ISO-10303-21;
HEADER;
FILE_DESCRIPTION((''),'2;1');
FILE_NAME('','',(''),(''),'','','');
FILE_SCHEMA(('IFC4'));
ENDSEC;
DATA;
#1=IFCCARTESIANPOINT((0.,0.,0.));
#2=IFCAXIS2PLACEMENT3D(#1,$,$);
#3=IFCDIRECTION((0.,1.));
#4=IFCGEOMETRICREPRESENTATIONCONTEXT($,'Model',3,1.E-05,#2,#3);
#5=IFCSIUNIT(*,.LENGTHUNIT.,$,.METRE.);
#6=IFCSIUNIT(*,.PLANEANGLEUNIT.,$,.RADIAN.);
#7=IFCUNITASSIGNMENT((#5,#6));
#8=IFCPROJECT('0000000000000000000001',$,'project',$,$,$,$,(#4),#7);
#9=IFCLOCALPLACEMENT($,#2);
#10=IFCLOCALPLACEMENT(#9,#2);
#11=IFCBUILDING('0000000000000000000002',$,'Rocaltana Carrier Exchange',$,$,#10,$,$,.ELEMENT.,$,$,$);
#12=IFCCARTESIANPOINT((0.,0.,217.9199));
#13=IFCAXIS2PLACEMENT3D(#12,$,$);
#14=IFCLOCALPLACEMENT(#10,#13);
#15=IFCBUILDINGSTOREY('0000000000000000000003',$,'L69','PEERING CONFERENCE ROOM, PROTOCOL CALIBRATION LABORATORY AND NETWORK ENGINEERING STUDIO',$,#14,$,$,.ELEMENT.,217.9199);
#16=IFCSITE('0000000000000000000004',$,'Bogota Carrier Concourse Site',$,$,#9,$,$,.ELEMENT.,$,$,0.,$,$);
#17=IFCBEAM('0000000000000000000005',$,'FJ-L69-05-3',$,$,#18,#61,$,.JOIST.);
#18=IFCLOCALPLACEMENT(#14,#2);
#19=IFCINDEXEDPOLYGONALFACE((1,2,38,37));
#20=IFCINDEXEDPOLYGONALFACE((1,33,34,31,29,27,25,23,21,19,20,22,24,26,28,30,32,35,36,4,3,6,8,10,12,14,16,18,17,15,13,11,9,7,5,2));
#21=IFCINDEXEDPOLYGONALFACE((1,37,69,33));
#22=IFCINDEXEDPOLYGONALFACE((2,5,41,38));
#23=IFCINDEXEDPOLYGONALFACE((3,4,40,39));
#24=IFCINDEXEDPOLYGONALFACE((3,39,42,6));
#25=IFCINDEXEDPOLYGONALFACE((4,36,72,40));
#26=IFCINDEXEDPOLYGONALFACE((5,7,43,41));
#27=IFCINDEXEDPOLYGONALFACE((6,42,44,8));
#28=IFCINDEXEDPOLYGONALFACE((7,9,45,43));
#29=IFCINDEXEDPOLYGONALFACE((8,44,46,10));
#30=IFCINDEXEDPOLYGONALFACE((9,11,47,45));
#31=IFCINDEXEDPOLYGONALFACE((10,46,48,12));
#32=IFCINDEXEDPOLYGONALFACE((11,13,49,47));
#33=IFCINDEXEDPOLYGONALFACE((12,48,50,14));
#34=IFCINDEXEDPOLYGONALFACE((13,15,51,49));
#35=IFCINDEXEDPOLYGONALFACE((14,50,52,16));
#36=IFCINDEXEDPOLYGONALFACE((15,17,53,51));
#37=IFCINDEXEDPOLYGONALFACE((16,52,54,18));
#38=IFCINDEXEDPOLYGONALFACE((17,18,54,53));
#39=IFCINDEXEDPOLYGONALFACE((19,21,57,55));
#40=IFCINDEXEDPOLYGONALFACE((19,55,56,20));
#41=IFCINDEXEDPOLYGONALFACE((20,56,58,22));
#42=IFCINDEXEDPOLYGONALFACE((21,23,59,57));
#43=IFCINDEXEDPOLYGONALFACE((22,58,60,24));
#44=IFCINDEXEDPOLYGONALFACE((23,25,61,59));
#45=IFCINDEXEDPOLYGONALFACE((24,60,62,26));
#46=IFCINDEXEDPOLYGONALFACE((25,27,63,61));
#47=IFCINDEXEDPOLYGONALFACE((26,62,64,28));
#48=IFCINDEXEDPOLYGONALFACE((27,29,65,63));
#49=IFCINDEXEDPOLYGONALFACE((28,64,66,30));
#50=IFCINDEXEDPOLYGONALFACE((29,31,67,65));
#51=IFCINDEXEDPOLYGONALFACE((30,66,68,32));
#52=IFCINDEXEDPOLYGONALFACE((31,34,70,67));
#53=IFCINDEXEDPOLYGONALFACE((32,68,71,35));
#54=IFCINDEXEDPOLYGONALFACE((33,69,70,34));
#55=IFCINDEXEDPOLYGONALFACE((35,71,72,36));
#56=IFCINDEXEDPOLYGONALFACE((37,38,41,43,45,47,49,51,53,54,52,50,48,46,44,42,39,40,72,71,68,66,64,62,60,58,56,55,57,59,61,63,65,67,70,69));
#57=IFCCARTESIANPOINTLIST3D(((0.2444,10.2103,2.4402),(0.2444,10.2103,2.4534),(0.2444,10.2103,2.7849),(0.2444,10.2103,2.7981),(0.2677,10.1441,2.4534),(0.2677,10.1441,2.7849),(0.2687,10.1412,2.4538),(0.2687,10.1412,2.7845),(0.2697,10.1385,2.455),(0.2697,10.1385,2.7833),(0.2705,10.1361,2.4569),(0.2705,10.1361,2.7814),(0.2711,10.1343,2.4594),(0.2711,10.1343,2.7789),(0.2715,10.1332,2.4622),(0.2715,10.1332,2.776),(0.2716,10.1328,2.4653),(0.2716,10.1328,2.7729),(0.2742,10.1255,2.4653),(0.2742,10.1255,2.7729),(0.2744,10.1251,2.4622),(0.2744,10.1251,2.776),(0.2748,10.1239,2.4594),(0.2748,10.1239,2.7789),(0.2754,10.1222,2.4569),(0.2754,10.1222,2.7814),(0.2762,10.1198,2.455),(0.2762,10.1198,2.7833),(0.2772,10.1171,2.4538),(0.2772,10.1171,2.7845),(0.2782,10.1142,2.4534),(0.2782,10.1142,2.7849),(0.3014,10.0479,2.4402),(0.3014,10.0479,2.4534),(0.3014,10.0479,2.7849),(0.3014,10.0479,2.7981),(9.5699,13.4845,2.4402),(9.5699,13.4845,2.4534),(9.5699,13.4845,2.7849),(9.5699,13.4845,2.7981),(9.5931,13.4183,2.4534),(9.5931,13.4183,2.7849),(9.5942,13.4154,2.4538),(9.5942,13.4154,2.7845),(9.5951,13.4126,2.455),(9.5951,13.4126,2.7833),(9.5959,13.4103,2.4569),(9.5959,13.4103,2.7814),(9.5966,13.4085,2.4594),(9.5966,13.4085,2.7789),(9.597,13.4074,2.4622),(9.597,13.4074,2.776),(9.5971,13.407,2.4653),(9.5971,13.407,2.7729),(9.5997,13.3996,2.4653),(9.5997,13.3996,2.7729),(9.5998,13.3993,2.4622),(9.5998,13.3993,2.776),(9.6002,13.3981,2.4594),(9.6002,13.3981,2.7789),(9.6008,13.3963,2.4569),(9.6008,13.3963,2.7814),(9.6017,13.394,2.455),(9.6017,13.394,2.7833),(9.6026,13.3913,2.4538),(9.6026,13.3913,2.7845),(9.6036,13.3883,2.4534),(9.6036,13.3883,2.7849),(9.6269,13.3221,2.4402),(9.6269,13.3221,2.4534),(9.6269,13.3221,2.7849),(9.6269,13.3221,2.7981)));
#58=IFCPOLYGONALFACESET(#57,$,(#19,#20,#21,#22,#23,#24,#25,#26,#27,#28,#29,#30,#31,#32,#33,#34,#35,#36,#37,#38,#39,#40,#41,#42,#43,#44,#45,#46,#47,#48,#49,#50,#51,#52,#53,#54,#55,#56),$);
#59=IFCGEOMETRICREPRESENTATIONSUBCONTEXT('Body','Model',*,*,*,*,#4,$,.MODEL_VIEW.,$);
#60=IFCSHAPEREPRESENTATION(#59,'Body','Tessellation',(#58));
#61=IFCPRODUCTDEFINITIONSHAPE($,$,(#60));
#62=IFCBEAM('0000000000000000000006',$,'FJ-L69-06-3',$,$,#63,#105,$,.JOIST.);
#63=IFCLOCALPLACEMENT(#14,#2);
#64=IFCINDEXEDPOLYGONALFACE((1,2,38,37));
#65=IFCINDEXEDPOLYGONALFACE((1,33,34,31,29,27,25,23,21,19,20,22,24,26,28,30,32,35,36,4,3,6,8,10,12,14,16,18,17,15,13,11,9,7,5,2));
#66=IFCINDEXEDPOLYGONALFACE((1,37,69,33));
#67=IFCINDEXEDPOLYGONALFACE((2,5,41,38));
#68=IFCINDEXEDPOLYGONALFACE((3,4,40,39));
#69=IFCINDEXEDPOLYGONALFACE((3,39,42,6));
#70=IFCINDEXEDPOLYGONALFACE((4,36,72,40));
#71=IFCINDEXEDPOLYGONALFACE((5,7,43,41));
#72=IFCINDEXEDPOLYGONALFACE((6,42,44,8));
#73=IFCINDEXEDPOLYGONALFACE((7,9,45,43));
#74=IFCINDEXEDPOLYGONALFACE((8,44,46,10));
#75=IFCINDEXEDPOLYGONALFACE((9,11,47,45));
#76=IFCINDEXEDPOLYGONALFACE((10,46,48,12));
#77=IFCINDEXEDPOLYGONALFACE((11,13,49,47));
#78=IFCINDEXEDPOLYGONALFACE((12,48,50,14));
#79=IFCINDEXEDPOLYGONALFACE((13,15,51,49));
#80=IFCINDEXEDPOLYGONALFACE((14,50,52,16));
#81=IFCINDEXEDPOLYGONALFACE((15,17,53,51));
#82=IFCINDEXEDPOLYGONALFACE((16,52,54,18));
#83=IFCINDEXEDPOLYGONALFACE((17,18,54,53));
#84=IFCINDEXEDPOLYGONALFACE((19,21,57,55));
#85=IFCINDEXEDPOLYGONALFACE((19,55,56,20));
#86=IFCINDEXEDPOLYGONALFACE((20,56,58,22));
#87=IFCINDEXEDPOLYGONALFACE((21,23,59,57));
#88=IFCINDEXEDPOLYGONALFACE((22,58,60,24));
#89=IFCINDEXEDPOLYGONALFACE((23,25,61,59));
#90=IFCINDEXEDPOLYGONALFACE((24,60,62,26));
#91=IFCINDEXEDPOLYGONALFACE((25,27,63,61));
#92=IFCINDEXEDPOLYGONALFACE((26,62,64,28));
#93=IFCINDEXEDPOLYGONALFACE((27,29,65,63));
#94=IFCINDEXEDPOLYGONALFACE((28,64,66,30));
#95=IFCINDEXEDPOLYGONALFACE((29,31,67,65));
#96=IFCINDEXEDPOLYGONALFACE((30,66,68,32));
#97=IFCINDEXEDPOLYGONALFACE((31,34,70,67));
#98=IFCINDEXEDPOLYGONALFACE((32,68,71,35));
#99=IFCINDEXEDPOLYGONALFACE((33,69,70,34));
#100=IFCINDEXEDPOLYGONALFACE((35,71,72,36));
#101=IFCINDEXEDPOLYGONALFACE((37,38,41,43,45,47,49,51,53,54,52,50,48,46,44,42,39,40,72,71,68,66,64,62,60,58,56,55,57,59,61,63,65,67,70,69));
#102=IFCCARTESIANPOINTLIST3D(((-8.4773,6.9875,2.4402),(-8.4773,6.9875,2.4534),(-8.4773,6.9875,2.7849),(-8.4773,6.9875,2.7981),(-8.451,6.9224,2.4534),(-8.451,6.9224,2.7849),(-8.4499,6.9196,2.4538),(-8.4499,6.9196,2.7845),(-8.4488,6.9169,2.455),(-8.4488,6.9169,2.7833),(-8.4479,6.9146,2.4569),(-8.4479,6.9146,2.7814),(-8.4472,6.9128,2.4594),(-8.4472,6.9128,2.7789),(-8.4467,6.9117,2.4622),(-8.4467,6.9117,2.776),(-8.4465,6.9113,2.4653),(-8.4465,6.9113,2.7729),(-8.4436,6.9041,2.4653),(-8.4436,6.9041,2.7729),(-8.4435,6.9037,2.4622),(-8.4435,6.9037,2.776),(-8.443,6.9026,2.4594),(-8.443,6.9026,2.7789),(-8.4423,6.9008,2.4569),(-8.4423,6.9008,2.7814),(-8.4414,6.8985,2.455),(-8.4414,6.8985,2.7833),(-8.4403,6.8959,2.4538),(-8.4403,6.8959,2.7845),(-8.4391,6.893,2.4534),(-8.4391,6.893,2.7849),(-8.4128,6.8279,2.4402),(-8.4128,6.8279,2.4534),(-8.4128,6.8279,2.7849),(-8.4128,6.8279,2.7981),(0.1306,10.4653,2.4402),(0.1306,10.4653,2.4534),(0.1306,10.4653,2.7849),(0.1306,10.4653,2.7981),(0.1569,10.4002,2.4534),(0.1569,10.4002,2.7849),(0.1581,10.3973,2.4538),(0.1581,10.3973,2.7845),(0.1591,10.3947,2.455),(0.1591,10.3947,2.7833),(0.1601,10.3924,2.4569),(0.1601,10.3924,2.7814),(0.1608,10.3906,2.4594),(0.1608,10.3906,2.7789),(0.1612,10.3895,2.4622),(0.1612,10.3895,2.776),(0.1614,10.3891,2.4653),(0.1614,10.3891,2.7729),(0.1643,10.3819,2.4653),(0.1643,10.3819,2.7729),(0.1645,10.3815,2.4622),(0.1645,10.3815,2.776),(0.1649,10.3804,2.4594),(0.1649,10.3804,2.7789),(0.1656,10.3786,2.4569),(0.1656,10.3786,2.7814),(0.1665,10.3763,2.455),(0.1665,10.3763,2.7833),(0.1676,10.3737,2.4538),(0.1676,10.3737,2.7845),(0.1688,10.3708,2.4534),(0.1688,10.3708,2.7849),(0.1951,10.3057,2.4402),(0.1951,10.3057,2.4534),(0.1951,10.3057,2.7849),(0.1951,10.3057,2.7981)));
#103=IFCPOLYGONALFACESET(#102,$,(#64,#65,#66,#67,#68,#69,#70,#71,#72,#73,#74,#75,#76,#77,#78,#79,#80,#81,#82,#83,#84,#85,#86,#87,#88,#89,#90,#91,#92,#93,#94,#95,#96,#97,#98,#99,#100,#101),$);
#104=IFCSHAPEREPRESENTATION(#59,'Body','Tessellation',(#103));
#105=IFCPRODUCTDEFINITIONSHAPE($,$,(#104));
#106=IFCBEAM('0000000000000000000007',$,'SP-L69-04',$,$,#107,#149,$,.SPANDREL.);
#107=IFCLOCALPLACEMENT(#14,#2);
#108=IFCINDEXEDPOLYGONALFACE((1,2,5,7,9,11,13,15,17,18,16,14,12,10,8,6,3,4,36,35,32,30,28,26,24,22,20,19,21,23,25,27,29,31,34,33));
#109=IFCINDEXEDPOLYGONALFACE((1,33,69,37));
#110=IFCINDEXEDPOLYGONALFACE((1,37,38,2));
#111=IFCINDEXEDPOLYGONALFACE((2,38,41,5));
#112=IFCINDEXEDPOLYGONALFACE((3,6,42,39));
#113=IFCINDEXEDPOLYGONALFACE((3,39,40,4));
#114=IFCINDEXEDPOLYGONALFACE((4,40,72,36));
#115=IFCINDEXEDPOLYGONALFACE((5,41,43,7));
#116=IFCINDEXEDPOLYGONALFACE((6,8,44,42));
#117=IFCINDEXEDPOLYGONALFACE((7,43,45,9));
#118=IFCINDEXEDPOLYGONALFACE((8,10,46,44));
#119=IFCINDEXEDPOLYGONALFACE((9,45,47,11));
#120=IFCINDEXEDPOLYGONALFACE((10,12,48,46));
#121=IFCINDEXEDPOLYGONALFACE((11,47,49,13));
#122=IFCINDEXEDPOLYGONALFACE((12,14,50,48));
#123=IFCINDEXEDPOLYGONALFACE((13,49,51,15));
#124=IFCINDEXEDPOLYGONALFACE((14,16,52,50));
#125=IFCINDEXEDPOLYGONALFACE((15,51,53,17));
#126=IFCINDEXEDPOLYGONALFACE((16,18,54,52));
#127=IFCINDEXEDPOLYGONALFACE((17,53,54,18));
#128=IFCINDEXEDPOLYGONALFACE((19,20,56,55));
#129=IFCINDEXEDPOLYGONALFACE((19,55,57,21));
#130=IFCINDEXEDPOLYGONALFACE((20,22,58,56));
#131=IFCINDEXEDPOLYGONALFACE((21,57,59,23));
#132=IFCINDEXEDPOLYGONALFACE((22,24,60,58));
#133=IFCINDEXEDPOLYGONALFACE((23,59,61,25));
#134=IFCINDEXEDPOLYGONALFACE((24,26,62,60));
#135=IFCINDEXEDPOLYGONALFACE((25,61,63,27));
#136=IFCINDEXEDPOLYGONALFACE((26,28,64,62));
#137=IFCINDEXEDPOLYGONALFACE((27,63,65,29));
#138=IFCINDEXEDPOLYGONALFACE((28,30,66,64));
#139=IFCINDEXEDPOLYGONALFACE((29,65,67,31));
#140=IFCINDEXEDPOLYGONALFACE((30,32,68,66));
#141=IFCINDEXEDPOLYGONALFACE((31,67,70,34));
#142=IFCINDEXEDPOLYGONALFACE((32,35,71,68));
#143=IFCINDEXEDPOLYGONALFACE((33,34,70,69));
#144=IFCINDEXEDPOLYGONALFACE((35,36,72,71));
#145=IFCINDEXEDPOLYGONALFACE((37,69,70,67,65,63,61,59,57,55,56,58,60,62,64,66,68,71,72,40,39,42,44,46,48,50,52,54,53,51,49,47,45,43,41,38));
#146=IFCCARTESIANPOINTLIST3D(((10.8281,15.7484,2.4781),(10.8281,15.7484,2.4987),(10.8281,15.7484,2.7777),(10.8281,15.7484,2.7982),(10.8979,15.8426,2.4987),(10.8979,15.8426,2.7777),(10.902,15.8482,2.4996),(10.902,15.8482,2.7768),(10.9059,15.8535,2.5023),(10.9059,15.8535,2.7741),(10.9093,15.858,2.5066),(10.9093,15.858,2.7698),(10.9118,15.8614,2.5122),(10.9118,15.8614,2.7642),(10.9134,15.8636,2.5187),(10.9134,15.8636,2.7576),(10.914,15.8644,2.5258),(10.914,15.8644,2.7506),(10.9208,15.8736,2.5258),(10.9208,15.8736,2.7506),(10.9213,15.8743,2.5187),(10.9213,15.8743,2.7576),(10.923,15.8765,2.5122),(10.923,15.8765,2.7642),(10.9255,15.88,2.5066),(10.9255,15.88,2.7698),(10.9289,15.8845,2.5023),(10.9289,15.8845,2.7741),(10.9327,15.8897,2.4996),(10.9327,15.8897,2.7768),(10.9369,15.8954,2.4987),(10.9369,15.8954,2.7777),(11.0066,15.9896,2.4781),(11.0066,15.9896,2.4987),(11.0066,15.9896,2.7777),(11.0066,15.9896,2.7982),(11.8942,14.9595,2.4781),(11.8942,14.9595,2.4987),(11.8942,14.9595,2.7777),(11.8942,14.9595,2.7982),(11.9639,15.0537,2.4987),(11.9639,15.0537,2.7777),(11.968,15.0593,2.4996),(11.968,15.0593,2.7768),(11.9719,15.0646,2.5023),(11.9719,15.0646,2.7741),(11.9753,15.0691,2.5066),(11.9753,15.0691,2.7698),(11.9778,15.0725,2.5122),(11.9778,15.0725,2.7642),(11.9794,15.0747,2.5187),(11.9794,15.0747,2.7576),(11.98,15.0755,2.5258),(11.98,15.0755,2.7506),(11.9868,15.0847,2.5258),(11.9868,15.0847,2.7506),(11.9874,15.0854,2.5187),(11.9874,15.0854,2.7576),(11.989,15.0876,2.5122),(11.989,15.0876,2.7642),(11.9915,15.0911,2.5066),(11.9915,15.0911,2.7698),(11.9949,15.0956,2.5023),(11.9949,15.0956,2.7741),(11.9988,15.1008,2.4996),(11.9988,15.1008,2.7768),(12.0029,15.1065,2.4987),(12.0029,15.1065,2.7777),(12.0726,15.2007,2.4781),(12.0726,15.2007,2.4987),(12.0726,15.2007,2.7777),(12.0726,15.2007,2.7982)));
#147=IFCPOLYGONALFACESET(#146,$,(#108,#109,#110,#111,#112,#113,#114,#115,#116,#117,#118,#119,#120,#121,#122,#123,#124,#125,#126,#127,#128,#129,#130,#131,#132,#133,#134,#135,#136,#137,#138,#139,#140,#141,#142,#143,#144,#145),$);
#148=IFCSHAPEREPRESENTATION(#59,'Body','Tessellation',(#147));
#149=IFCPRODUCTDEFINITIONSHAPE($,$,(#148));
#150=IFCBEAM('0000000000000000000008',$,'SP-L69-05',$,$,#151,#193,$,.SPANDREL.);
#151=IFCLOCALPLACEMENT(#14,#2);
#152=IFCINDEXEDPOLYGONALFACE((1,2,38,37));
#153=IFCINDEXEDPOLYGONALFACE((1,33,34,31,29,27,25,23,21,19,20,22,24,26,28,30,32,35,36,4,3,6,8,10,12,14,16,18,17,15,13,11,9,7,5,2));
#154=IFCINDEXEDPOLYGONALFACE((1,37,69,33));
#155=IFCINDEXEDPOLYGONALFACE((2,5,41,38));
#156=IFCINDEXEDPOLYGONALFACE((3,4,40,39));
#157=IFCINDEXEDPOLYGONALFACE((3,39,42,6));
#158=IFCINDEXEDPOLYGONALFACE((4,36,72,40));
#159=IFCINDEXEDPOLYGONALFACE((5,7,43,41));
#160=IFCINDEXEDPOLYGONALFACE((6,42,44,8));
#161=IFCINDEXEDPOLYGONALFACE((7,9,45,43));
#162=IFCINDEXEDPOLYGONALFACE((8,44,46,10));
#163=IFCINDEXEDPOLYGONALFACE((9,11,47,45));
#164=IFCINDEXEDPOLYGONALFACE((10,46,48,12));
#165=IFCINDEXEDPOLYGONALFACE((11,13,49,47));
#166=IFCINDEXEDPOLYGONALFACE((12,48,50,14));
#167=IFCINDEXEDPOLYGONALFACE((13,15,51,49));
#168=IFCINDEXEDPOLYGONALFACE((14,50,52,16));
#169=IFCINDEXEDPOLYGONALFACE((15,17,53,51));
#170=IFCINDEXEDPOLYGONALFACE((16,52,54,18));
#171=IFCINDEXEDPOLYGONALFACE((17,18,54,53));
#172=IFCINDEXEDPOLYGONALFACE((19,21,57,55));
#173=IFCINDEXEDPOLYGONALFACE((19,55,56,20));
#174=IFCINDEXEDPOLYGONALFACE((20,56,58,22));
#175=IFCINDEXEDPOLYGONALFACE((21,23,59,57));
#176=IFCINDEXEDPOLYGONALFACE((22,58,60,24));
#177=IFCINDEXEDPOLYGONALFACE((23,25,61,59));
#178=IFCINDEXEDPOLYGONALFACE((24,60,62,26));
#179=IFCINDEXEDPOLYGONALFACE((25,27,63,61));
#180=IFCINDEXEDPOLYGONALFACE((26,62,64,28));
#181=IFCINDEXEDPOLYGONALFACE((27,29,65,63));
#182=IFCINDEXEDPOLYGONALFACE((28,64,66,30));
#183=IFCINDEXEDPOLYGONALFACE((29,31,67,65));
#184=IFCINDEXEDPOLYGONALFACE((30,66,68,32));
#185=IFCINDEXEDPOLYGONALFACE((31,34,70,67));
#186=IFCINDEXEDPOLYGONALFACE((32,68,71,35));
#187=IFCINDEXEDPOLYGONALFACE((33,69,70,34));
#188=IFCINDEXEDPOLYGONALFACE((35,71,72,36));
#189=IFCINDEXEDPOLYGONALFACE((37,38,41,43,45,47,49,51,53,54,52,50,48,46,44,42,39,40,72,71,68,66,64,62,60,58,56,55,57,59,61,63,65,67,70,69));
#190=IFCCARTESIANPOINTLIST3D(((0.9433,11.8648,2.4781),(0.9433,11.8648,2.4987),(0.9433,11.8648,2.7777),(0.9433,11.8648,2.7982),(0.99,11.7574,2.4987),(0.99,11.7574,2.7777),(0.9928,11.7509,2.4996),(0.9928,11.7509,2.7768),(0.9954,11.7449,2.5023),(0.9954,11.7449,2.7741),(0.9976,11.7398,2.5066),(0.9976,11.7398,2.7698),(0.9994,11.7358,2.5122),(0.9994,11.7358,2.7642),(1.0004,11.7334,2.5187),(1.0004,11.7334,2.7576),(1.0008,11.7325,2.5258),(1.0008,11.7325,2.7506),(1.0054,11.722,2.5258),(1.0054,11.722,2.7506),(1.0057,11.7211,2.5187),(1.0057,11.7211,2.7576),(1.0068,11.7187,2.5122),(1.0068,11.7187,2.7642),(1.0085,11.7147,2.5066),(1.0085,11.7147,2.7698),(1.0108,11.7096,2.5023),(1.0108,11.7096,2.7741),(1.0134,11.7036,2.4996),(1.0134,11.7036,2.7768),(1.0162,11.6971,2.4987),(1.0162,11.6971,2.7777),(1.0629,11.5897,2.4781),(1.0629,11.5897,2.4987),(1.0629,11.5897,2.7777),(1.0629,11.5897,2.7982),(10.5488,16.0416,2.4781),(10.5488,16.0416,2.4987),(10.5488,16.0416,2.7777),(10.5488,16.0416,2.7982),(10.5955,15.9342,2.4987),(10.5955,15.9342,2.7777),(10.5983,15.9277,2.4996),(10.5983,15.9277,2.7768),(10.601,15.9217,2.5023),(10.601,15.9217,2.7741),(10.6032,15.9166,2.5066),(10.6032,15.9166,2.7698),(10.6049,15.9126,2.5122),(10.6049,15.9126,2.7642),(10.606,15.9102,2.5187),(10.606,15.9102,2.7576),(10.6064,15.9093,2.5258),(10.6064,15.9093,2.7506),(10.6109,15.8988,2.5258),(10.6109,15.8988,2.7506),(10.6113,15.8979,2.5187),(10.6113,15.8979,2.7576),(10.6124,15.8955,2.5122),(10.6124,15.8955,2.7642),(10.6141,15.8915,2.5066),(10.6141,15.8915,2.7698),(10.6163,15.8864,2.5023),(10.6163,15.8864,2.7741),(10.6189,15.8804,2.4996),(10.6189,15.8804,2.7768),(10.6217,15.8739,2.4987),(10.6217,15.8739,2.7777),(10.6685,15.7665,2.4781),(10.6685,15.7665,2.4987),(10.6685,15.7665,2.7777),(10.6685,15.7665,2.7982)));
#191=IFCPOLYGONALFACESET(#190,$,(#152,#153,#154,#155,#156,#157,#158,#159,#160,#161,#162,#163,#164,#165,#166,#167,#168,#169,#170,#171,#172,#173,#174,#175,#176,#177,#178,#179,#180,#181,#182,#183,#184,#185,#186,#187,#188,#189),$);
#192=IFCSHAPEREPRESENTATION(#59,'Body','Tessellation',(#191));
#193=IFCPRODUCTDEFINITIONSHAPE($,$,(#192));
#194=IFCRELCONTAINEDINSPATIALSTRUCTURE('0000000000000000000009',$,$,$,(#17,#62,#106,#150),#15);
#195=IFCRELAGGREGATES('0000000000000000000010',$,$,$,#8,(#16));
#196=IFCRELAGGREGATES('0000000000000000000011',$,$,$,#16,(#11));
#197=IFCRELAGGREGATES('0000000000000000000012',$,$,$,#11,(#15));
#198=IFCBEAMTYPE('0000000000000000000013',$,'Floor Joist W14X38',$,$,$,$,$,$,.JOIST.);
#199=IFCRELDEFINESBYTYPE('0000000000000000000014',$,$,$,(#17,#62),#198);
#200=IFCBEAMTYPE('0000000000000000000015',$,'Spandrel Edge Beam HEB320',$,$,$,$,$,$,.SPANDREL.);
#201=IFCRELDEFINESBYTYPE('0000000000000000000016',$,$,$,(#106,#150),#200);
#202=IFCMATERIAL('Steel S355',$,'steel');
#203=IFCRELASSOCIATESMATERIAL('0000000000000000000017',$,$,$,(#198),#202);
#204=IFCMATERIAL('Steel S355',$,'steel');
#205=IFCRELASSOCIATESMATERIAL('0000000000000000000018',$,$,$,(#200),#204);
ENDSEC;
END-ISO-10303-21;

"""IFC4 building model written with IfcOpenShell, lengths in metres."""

from ifc_helpers import new_model, si_unit, direction, frame, origin, origin_2d, place, context, subcontext, project, spatial, i_section, extrude, material, material_profile, profile_set, type_object, element, save


model = new_model("IFC4")

# Units and contexts
model_context = context("Model", 3, precision=1e-05, world=origin(), true_north=direction((0.0, 1.0)))
body_context = subcontext(model_context, "Body", "Model", "MODEL_VIEW")
ifc_project = project(units=[si_unit("LENGTHUNIT", "METRE"), si_unit("PLANEANGLEUNIT", "RADIAN")], contexts=[model_context])

# Site, building, storey
site_placement = place(None, origin())
site = spatial("IfcSite", under=ifc_project, at=site_placement, Name="Bogota Carrier Concourse Site", CompositionType="ELEMENT", RefElevation=0.0)
building_placement = place(site_placement, origin())
building = spatial("IfcBuilding", under=site, at=building_placement, Name="Rocaltana Carrier Exchange", CompositionType="ELEMENT")
storey_placement = place(building_placement, frame((0.0, 0.0, 217.9199)))
storey = spatial("IfcBuildingStorey", under=building, at=storey_placement, Name="L69", Description="PEERING CONFERENCE ROOM, PROTOCOL CALIBRATION LABORATORY AND NETWORK ENGINEERING STUDIO", CompositionType="ELEMENT", Elevation=217.9199)

# Beams
ifc_material_1 = material(Name="Steel S355", Category="steel")
ifc_material_profile_1 = material_profile(ifc_material_1, i_section(OverallWidth=0.1721, OverallDepth=0.3579, WebThickness=0.0078, FlangeThickness=0.0132, FilletRadius=0.012, at=origin_2d()), Name="W14X38")
ifc_profile_set_1 = profile_set([ifc_material_profile_1], Name="Steel S355")
beam_type_1 = type_object("IfcBeamType", Name="Floor Joist W14X38", PredefinedType="JOIST", material=ifc_profile_set_1)
beam_1_placement = place(storey_placement, frame((9.5984, 13.4033, 2.6191), z_axis=(-0.943534, -0.331276, 0.0), x_axis=(0.331276, -0.943534, 0.0)))
element("IfcBeam", 1, at=beam_1_placement, inside=storey, type_object=beam_type_1, Name="FJ-L69-05-3", PredefinedType="JOIST", context=body_context, shape_type="SweptSolid", body=[
    extrude(i_section(OverallWidth=0.1721, OverallDepth=0.3579, WebThickness=0.0078, FlangeThickness=0.0132, FilletRadius=0.012, at=origin_2d()), origin(), (0.0, 0.0, 1.0), 9.8835),
])
beam_2_placement = place(storey_placement, frame((0.1628, 10.3855, 2.6191), z_axis=(-0.927185, -0.374603, 0.0), x_axis=(0.374603, -0.927185, 0.0)))
element("IfcBeam", 2, at=beam_2_placement, inside=storey, type_object=beam_type_1, Name="FJ-L69-06-3", PredefinedType="JOIST", context=body_context, shape_type="SweptSolid", body=[
    extrude(i_section(OverallWidth=0.1721, OverallDepth=0.3579, WebThickness=0.0078, FlangeThickness=0.0132, FilletRadius=0.012, at=origin_2d()), origin(), (0.0, 0.0, 1.0), 9.2839),
])
ifc_material_2 = material(Name="Steel S355", Category="steel")
ifc_material_profile_2 = material_profile(ifc_material_2, i_section(OverallWidth=0.3, OverallDepth=0.3201, WebThickness=0.0115, FlangeThickness=0.0205, FilletRadius=0.0271, at=origin_2d()), Name="HEB320")
ifc_profile_set_2 = profile_set([ifc_material_profile_2], Name="Steel S355")
beam_type_2 = type_object("IfcBeamType", Name="Spandrel Edge Beam HEB320", PredefinedType="SPANDREL", material=ifc_profile_set_2)
beam_3_placement = place(storey_placement, frame((11.9834, 15.0801, 2.6382), z_axis=(-0.803828, 0.594862, 0.0), x_axis=(-0.594862, -0.803828, 0.0)))
element("IfcBeam", 3, at=beam_3_placement, inside=storey, type_object=beam_type_2, Name="SP-L69-04", PredefinedType="SPANDREL", context=body_context, shape_type="SweptSolid", body=[
    extrude(i_section(OverallWidth=0.3, OverallDepth=0.3201, WebThickness=0.0115, FlangeThickness=0.0205, FilletRadius=0.0271, at=origin_2d()), origin(), (0.0, 0.0, 1.0), 1.3262),
])
for number, where, z_axis, x_axis, name in (
    (4, (10.6086, 15.9041, 2.6382), (-0.917054, -0.398764, 0.0), (0.398764, -0.917054, 0.0), "SP-L69-05"),
):
    element("IfcBeam", number, at=place(storey_placement, frame(where, z_axis=z_axis, x_axis=x_axis)), inside=storey, type_object=beam_type_2, Name=name, PredefinedType="SPANDREL", context=body_context, shape_type="SweptSolid", body=[
        extrude(i_section(OverallWidth=0.3, OverallDepth=0.3201, WebThickness=0.0115, FlangeThickness=0.0205, FilletRadius=0.0271, at=origin_2d()), origin(), (0.0, 0.0, 1.0), 10.4744),
    ])

save(model, "model.ifc")
